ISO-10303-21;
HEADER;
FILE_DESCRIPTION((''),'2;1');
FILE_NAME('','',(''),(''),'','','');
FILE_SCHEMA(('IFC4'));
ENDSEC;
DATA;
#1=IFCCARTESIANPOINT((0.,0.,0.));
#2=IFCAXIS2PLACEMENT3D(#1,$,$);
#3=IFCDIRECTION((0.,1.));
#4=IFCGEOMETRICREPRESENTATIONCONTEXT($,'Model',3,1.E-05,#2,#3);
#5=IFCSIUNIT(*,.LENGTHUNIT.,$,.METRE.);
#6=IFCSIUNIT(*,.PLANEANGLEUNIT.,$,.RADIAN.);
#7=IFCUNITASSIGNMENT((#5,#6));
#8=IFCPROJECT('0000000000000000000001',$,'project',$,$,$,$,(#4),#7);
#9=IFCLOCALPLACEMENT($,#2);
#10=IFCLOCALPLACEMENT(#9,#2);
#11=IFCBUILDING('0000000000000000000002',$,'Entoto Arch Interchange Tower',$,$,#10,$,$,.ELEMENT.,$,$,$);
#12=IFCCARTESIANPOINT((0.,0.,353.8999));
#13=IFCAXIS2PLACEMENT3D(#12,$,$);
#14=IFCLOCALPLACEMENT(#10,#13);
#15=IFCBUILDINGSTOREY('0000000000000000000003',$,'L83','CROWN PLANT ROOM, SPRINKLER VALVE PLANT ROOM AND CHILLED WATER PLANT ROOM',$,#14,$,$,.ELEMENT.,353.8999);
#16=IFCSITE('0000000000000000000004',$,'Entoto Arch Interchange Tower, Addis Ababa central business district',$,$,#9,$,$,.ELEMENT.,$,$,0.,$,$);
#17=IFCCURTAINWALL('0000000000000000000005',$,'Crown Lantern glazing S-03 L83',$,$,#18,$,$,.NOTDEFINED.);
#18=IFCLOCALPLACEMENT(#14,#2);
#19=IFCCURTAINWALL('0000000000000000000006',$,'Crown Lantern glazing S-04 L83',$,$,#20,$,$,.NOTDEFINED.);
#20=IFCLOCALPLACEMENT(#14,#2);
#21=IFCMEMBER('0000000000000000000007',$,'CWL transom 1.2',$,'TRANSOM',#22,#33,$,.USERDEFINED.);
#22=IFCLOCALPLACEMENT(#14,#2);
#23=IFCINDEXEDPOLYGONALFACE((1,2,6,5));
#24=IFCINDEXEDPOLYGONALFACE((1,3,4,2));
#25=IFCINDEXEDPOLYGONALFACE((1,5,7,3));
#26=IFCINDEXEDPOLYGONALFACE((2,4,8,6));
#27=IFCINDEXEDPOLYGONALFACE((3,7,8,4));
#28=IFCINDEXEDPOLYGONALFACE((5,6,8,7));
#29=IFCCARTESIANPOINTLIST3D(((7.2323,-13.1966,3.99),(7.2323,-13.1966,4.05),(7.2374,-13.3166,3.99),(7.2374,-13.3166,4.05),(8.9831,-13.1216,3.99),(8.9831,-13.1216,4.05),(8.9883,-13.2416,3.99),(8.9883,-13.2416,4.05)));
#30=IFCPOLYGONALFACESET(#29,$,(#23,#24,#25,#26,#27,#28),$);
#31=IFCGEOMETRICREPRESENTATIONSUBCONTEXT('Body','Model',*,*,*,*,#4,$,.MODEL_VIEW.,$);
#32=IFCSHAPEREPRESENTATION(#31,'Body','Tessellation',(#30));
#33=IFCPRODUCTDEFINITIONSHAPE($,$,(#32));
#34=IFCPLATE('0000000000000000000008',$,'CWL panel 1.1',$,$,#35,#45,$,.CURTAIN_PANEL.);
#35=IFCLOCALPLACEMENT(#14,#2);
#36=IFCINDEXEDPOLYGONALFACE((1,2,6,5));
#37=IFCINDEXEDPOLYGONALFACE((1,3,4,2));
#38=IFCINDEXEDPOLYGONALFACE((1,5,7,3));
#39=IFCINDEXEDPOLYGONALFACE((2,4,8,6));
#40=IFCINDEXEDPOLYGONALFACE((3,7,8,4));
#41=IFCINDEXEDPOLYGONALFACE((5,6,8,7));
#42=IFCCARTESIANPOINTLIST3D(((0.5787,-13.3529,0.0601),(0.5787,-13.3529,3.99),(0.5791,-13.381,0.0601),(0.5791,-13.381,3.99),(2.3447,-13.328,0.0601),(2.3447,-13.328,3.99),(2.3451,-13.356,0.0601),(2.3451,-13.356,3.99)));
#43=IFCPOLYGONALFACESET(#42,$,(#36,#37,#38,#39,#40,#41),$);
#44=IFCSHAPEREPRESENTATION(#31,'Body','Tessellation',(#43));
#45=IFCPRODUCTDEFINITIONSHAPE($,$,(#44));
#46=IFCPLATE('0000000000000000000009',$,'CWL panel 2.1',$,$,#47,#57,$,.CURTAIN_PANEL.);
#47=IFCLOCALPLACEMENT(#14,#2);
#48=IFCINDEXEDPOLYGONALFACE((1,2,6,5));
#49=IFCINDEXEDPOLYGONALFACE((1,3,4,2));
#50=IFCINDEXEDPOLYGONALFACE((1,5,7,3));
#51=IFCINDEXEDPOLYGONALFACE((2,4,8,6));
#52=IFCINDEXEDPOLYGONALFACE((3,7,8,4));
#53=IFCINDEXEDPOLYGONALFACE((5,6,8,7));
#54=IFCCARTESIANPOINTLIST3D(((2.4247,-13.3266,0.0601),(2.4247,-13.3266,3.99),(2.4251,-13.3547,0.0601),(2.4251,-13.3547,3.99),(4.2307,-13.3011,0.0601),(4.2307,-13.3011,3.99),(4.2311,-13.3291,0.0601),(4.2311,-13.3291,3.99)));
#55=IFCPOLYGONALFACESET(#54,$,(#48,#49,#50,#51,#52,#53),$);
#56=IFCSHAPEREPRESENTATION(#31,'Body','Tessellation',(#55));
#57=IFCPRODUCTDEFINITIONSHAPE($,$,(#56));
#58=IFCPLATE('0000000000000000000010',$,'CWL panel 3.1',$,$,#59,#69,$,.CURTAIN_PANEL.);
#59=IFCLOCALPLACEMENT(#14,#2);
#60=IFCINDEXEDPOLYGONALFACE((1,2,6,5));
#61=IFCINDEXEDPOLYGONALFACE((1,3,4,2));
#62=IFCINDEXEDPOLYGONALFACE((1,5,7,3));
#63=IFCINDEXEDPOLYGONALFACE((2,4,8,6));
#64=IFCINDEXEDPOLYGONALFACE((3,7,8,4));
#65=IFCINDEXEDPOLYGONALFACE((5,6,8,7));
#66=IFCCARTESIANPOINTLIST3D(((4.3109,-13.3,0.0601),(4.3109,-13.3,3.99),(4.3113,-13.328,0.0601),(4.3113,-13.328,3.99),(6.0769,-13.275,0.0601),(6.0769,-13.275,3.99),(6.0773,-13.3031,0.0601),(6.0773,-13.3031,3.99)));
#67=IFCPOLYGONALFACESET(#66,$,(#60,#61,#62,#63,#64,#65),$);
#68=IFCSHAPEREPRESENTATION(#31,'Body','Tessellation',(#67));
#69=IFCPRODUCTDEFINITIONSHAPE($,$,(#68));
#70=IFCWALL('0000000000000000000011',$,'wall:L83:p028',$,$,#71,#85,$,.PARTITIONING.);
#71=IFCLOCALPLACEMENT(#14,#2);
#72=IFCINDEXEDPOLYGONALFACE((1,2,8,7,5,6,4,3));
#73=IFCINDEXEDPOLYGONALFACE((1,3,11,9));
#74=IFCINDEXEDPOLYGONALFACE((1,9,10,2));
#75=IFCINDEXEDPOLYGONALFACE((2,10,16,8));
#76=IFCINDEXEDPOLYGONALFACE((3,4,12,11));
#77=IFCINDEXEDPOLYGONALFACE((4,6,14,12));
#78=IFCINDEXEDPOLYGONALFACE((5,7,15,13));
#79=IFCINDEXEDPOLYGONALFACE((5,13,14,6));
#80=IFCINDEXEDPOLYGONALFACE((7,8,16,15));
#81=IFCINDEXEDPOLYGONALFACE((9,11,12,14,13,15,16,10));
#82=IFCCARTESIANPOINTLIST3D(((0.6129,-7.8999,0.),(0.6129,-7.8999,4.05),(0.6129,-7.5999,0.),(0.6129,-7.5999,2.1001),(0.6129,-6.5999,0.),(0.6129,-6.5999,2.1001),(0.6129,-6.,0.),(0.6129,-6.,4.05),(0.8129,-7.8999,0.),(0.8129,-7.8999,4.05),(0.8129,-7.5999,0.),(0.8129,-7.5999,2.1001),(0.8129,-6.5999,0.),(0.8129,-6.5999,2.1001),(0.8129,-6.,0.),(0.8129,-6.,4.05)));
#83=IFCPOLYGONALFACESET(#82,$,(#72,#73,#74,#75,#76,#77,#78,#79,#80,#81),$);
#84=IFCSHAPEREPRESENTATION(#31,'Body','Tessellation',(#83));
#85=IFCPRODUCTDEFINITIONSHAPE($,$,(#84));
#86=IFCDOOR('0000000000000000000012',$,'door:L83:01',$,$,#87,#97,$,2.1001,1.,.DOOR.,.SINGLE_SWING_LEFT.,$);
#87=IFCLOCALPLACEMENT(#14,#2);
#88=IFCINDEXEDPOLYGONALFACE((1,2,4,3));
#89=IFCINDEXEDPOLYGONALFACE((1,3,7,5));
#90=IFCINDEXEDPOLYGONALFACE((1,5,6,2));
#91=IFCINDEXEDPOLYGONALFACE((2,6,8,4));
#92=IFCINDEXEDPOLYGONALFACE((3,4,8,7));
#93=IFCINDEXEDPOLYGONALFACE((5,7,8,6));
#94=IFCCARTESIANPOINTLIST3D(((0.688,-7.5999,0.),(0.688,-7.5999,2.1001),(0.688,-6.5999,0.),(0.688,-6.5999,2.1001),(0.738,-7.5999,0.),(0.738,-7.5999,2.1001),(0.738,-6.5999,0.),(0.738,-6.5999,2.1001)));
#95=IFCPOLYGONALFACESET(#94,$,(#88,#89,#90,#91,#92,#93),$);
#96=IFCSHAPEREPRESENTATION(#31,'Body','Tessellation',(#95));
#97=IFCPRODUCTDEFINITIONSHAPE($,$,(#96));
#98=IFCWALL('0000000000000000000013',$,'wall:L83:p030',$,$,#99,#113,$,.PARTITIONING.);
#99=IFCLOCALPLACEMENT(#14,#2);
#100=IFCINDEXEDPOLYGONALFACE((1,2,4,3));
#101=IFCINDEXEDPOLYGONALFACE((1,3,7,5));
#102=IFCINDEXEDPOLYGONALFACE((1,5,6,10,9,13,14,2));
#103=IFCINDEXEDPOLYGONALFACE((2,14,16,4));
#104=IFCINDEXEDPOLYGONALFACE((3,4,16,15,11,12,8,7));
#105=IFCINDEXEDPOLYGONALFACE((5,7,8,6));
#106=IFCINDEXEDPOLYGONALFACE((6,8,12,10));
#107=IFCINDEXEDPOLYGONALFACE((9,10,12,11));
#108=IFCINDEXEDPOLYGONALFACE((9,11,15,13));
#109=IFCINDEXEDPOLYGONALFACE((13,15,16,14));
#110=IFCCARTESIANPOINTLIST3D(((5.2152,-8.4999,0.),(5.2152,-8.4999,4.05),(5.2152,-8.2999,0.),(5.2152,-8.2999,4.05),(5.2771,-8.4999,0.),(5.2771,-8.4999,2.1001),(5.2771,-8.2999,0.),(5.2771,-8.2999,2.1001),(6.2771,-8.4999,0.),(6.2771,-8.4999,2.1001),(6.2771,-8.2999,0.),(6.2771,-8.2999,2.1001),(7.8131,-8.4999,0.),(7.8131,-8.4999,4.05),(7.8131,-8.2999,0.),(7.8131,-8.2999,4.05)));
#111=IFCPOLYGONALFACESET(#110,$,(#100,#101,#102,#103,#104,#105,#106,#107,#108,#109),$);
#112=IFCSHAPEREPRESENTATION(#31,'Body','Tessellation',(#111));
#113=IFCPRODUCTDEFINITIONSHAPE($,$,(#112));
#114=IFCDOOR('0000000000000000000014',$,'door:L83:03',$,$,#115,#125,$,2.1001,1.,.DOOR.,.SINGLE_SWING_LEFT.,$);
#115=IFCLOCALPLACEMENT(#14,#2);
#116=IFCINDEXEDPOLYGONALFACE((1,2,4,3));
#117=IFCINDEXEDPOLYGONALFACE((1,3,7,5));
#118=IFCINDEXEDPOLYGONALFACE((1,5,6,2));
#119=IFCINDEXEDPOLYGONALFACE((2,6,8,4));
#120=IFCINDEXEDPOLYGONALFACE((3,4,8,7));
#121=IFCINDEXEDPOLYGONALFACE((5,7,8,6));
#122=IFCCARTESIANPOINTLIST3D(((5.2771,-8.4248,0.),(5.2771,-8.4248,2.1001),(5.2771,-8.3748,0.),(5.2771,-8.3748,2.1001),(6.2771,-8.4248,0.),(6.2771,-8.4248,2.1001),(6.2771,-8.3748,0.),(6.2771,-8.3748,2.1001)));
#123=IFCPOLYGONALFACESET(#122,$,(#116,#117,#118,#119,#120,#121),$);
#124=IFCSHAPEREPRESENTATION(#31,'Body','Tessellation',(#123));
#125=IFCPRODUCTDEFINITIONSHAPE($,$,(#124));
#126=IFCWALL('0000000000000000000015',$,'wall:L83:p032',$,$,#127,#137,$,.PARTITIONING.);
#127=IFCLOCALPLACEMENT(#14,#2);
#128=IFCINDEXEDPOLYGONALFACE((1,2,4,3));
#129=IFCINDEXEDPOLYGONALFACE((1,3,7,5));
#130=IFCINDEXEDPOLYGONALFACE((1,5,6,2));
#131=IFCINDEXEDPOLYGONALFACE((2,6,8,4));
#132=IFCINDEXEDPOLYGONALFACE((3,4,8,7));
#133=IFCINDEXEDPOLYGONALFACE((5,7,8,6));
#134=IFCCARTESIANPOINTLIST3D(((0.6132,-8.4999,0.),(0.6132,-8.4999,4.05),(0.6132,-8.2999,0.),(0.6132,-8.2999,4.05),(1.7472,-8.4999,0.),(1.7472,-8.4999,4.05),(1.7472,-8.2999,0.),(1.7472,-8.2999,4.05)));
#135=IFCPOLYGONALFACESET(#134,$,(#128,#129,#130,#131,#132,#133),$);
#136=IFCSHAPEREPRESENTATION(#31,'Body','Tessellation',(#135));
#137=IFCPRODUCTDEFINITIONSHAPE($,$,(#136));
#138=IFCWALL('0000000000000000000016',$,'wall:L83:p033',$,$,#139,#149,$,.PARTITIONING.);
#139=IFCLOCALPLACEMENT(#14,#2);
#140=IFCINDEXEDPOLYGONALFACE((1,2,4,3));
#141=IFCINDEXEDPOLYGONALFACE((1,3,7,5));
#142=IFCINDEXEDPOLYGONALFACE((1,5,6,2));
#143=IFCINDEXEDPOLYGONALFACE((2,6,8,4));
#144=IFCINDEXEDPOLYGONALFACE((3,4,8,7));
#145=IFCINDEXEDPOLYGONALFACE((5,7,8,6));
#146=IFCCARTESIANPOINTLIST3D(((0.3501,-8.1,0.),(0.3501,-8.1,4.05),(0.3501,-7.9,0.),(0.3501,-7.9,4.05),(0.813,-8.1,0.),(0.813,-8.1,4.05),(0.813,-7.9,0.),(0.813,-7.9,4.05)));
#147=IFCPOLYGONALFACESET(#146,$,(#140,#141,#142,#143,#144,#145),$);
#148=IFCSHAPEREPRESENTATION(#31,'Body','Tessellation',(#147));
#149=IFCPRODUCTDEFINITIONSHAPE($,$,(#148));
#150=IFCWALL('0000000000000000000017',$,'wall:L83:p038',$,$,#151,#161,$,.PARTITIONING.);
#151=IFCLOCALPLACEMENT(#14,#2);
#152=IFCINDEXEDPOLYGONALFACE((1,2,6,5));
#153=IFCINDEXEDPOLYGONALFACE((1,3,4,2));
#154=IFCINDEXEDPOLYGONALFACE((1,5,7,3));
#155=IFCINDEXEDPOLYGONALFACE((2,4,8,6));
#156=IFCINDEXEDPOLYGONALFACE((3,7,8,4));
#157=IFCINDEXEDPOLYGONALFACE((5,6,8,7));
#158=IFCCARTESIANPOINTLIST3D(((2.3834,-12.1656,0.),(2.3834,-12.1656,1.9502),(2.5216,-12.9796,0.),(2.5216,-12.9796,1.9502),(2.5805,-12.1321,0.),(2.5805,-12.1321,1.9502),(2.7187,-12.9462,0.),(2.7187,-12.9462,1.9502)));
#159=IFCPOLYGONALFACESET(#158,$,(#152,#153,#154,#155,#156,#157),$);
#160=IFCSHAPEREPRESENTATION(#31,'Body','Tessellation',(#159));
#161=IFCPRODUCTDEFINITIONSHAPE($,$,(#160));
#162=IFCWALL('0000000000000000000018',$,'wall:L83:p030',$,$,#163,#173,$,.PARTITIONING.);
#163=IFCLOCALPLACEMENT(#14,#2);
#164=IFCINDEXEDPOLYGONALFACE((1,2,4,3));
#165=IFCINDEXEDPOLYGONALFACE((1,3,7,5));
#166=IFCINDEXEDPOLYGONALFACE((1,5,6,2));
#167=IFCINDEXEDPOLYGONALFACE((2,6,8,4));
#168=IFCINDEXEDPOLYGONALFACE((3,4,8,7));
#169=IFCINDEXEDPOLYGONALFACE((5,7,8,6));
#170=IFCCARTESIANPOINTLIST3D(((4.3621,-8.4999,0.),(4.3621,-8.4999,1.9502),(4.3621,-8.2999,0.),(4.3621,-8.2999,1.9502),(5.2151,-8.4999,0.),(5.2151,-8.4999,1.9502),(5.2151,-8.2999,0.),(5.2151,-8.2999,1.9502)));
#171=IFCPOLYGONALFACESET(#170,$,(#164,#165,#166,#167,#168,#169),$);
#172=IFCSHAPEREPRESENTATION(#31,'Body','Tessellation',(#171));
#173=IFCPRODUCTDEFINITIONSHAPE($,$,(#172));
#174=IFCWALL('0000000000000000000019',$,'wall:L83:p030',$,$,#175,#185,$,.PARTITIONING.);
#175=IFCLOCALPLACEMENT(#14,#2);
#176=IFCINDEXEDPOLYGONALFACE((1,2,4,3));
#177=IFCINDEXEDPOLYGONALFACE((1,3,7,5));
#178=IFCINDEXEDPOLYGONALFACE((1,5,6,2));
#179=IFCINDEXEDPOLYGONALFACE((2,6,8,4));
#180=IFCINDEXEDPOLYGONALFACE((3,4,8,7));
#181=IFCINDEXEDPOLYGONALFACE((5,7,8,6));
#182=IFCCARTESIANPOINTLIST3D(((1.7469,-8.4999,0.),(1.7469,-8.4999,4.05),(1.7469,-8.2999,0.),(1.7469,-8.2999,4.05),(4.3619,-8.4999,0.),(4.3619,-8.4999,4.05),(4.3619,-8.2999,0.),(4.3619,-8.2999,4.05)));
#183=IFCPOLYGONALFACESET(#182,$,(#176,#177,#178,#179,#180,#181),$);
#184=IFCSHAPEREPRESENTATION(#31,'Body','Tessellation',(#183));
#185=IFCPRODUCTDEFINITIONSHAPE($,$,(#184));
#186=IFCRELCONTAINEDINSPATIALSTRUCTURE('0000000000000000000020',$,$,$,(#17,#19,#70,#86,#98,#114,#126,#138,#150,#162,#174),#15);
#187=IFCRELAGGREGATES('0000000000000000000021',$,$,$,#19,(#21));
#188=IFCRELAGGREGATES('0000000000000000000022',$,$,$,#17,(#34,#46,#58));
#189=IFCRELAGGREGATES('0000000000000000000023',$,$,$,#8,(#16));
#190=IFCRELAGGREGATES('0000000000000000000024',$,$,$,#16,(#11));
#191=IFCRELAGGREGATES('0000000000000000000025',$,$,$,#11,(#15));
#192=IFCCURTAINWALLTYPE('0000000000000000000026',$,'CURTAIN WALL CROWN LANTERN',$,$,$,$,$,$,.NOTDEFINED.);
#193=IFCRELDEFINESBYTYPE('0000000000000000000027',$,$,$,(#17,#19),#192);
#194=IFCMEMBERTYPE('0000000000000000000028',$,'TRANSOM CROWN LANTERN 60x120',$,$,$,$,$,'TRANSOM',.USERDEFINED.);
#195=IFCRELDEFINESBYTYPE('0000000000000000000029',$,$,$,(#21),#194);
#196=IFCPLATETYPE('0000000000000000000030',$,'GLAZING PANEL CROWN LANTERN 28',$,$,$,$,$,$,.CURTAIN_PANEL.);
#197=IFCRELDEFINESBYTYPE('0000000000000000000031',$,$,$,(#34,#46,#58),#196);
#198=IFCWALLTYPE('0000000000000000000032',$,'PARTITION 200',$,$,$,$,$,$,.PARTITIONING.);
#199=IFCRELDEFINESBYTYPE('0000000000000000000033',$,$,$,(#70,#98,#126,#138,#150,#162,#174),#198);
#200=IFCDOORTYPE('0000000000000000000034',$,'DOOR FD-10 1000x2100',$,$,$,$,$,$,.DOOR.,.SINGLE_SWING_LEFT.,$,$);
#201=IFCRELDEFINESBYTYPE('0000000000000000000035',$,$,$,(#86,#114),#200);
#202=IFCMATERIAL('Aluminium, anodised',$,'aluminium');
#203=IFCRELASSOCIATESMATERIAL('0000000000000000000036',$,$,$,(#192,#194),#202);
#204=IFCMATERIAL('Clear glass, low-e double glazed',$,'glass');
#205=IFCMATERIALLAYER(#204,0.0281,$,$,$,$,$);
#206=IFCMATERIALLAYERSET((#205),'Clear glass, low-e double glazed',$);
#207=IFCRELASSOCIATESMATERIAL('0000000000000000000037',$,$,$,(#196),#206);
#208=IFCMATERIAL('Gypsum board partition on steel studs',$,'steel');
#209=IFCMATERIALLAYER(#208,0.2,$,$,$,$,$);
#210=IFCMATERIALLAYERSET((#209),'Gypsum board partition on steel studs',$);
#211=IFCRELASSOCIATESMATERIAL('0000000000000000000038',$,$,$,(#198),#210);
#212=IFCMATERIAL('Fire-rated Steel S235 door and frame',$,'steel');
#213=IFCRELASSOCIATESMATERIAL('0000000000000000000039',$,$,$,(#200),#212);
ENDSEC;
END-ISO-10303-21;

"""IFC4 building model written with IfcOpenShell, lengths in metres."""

from ifc_helpers import new_model, si_unit, direction, frame, frame_2d, origin, origin_2d, place, context, subcontext, project, spatial, rectangle, extrude, material, layer, layer_set, material_profile, profile_set, type_object, element, fill, aggregate, save


model = new_model("IFC4")

# Units and contexts
model_context = context("Model", 3, precision=1e-05, world=origin(), true_north=direction((0.0, 1.0)))
body_context = subcontext(model_context, "Body", "Model", "MODEL_VIEW")
ifc_project = project(units=[si_unit("LENGTHUNIT", "METRE"), si_unit("PLANEANGLEUNIT", "RADIAN")], contexts=[model_context])

# Site, building, storey
site_placement = place(None, origin())
site = spatial("IfcSite", under=ifc_project, at=site_placement, Name="Entoto Arch Interchange Tower, Addis Ababa central business district", CompositionType="ELEMENT", RefElevation=0.0)
building_placement = place(site_placement, origin())
building = spatial("IfcBuilding", under=site, at=building_placement, Name="Entoto Arch Interchange Tower", CompositionType="ELEMENT")
storey_placement = place(building_placement, frame((0.0, 0.0, 353.8999)))
storey = spatial("IfcBuildingStorey", under=building, at=storey_placement, Name="L83", Description="CROWN PLANT ROOM, SPRINKLER VALVE PLANT ROOM AND CHILLED WATER PLANT ROOM", CompositionType="ELEMENT", Elevation=353.8999)

# Curtain wall
ifc_material_1 = material(Name="Aluminium, anodised", Category="aluminium")
curtain_wall_type = type_object("IfcCurtainWallType", Name="CURTAIN WALL CROWN LANTERN", PredefinedType="NOTDEFINED", material=ifc_material_1)
curtain_wall_1_placement = place(storey_placement, origin())
curtain_wall_1 = element("IfcCurtainWall", 1, at=curtain_wall_1_placement, inside=storey, type_object=curtain_wall_type, Name="Crown Lantern glazing S-03 L83", PredefinedType="NOTDEFINED")

# Curtain wall
curtain_wall_2_placement = place(storey_placement, origin())
curtain_wall_2 = element("IfcCurtainWall", 2, at=curtain_wall_2_placement, inside=storey, type_object=curtain_wall_type, Name="Crown Lantern glazing S-04 L83", PredefinedType="NOTDEFINED")

# Member
ifc_material_profile_1 = material_profile(ifc_material_1, rectangle(XDim=0.1201, YDim=0.0601, at=origin_2d()))
ifc_profile_set_1 = profile_set([ifc_material_profile_1], Name="Aluminium, anodised")
member_type_1 = type_object("IfcMemberType", Name="TRANSOM CROWN LANTERN 60x120", ElementType="TRANSOM", PredefinedType="USERDEFINED", material=ifc_profile_set_1)
member_1_placement = place(storey_placement, frame((7.2349, -13.2566, 4.02), z_axis=(0.999085, 0.042772, 0.0), x_axis=(-0.042772, 0.999085, 0.0)))
member_1 = element("IfcMember", 3, at=member_1_placement, type_object=member_type_1, Name="CWL transom 1.2", ObjectType="TRANSOM", PredefinedType="USERDEFINED", context=body_context, shape_type="SweptSolid", body=[
    extrude(rectangle(XDim=0.1201, YDim=0.0601, at=origin_2d()), origin(), (0.0, 0.0, 1.0), 1.7524),
])
aggregate(curtain_wall_2, [member_1])

# Plates
ifc_material_2 = material(Name="Clear glass, low-e double glazed", Category="glass")
ifc_layer_1 = layer(ifc_material_2, 0.0281)
ifc_layer_set_1 = layer_set([ifc_layer_1], Name="Clear glass, low-e double glazed")
plate_type = type_object("IfcPlateType", Name="GLAZING PANEL CROWN LANTERN 28", PredefinedType="CURTAIN_PANEL", material=ifc_layer_set_1)
plate_1_placement = place(storey_placement, frame((1.4619, -13.3545, 0.0601), z_axis=(0.0, 0.0, 1.0), x_axis=(0.9999, 0.014138, 0.0)))
plate_1 = element("IfcPlate", 4, at=plate_1_placement, type_object=plate_type, Name="CWL panel 1.1", PredefinedType="CURTAIN_PANEL", context=body_context, shape_type="SweptSolid", body=[
    extrude(rectangle(XDim=1.7661, YDim=0.0281, at=origin_2d()), origin(), (0.0, 0.0, 1.0), 3.9299),
])
plate_2_placement = place(storey_placement, frame((3.3279, -13.3279, 0.0601), z_axis=(0.0, 0.0, 1.0), x_axis=(0.9999, 0.014138, 0.0)))
plate_2 = element("IfcPlate", 5, at=plate_2_placement, type_object=plate_type, Name="CWL panel 2.1", PredefinedType="CURTAIN_PANEL", context=body_context, shape_type="SweptSolid", body=[
    extrude(rectangle(XDim=1.8062, YDim=0.0281, at=origin_2d()), origin(), (0.0, 0.0, 1.0), 3.9299),
])
plate_3_placement = place(storey_placement, frame((5.1941, -13.3015, 0.0601), z_axis=(0.0, 0.0, 1.0), x_axis=(0.9999, 0.014138, 0.0)))
plate_3 = element("IfcPlate", 6, at=plate_3_placement, type_object=plate_type, Name="CWL panel 3.1", PredefinedType="CURTAIN_PANEL", context=body_context, shape_type="SweptSolid", body=[
    extrude(rectangle(XDim=1.7661, YDim=0.0281, at=origin_2d()), origin(), (0.0, 0.0, 1.0), 3.9299),
])
aggregate(curtain_wall_1, [plate_1, plate_2, plate_3])

# Walls, openings, doors
ifc_material_3 = material(Name="Gypsum board partition on steel studs", Category="steel")
ifc_layer_2 = layer(ifc_material_3, 0.2)
ifc_layer_set_2 = layer_set([ifc_layer_2], Name="Gypsum board partition on steel studs")
wall_type_1 = type_object("IfcWallType", Name="PARTITION 200", PredefinedType="PARTITIONING", material=ifc_layer_set_2)
wall_1_placement = place(storey_placement, frame((0.7129, -7.8999, 0.0), z_axis=(0.0, 0.0, 1.0), x_axis=(0.0, 1.0, 0.0)))
wall_1 = element("IfcWall", 7, at=wall_1_placement, inside=storey, type_object=wall_type_1, Name="wall:L83:p028", PredefinedType="PARTITIONING", context=body_context, shape_type="SweptSolid", body=[
    extrude(rectangle(XDim=1.8999, YDim=0.2, at=frame_2d((0.95, 0.0))), origin(), (0.0, 0.0, 1.0), 4.05),
])
opening_1_placement = place(wall_1_placement, frame((0.3, 0.0, 0.0)))
opening_1 = element("IfcOpeningElement", 8, at=opening_1_placement, cuts=wall_1, PredefinedType="OPENING", context=body_context, shape_type="SweptSolid", body=[
    extrude(rectangle(XDim=1.0, YDim=2.1001, at=frame_2d((0.5, 1.05))), frame((0.0, 0.1099, 0.0), z_axis=(0.0, -1.0, 0.0), x_axis=(1.0, 0.0, 0.0)), (0.0, 0.0, 1.0), 0.22),
])
ifc_material_4 = material(Name="Fire-rated Steel S235 door and frame", Category="steel")
door_type = type_object("IfcDoorType", Name="DOOR FD-10 1000x2100", OperationType="SINGLE_SWING_LEFT", PredefinedType="DOOR", material=ifc_material_4)
door_1_placement = place(opening_1_placement, origin())
door_1 = element("IfcDoor", 9, at=door_1_placement, inside=storey, type_object=door_type, Name="door:L83:01", OperationType="SINGLE_SWING_LEFT", OverallHeight=2.1001, OverallWidth=1.0, PredefinedType="DOOR", context=body_context, shape_type="SweptSolid", body=[
    extrude(rectangle(XDim=1.0, YDim=2.1001, at=frame_2d((0.5, 1.05))), frame((0.0, 0.0249, 0.0), z_axis=(0.0, -1.0, 0.0), x_axis=(1.0, 0.0, 0.0)), (0.0, 0.0, 1.0), 0.05),
])
fill(opening_1, door_1)
wall_2_placement = place(storey_placement, frame((7.813, -8.3999, 0.0), z_axis=(0.0, 0.0, 1.0), x_axis=(-1.0, 0.0, 0.0)))
wall_2 = element("IfcWall", 10, at=wall_2_placement, inside=storey, type_object=wall_type_1, Name="wall:L83:p030", PredefinedType="PARTITIONING", context=body_context, shape_type="SweptSolid", body=[
    extrude(rectangle(XDim=2.5979, YDim=0.2, at=frame_2d((1.2988, 0.0))), origin(), (0.0, 0.0, 1.0), 4.05),
])
opening_2_placement = place(wall_2_placement, frame((1.5359, 0.0, 0.0)))
opening_2 = element("IfcOpeningElement", 11, at=opening_2_placement, cuts=wall_2, PredefinedType="OPENING", context=body_context, shape_type="SweptSolid", body=[
    extrude(rectangle(XDim=1.0, YDim=2.1001, at=frame_2d((0.5, 1.05))), frame((0.0, 0.1099, 0.0), z_axis=(0.0, -1.0, 0.0), x_axis=(1.0, 0.0, 0.0)), (0.0, 0.0, 1.0), 0.22),
])
door_2_placement = place(opening_2_placement, origin())
door_2 = element("IfcDoor", 12, at=door_2_placement, inside=storey, type_object=door_type, Name="door:L83:03", OperationType="SINGLE_SWING_LEFT", OverallHeight=2.1001, OverallWidth=1.0, PredefinedType="DOOR", context=body_context, shape_type="SweptSolid", body=[
    extrude(rectangle(XDim=1.0, YDim=2.1001, at=frame_2d((0.5, 1.05))), frame((0.0, 0.0249, 0.0), z_axis=(0.0, -1.0, 0.0), x_axis=(1.0, 0.0, 0.0)), (0.0, 0.0, 1.0), 0.05),
])
fill(opening_2, door_2)

# Walls
wall_3_placement = place(storey_placement, frame((1.7471, -8.3999, 0.0), z_axis=(0.0, 0.0, 1.0), x_axis=(-1.0, 0.0, 0.0)))
element("IfcWall", 13, at=wall_3_placement, inside=storey, type_object=wall_type_1, Name="wall:L83:p032", PredefinedType="PARTITIONING", context=body_context, shape_type="SweptSolid", body=[
    extrude(rectangle(XDim=1.134, YDim=0.2, at=frame_2d((0.5669, 0.0))), origin(), (0.0, 0.0, 1.0), 4.05),
])
wall_4_placement = place(storey_placement, frame((0.813, -8.0, 0.0), z_axis=(0.0, 0.0, 1.0), x_axis=(-1.0, 0.0, 0.0)))
element("IfcWall", 14, at=wall_4_placement, inside=storey, type_object=wall_type_1, Name="wall:L83:p033", PredefinedType="PARTITIONING", context=body_context, shape_type="SweptSolid", body=[
    extrude(rectangle(XDim=0.4629, YDim=0.2, at=frame_2d((0.2314, 0.0))), origin(), (0.0, 0.0, 1.0), 4.05),
])
wall_5_placement = place(storey_placement, frame((2.6201, -12.9629, 0.0), z_axis=(0.0, 0.0, 1.0), x_axis=(-0.167371, 0.985894, 0.0)))
element("IfcWall", 15, at=wall_5_placement, inside=storey, type_object=wall_type_1, Name="wall:L83:p038", PredefinedType="PARTITIONING", context=body_context, shape_type="SweptSolid", body=[
    extrude(rectangle(XDim=0.8257, YDim=0.2, at=frame_2d((0.4128, 0.0))), origin(), (0.0, 0.0, 1.0), 1.9502),
])
wall_6_placement = place(storey_placement, frame((5.2151, -8.3999, 0.0), z_axis=(0.0, 0.0, 1.0), x_axis=(-1.0, 0.0, 0.0)))
element("IfcWall", 16, at=wall_6_placement, inside=storey, type_object=wall_type_1, Name="wall:L83:p030", PredefinedType="PARTITIONING", context=body_context, shape_type="SweptSolid", body=[
    extrude(rectangle(XDim=0.853, YDim=0.2, at=frame_2d((0.4265, 0.0))), origin(), (0.0, 0.0, 1.0), 1.9502),
])
wall_7_placement = place(storey_placement, frame((4.3621, -8.3999, 0.0), z_axis=(0.0, 0.0, 1.0), x_axis=(-1.0, 0.0, 0.0)))
element("IfcWall", 17, at=wall_7_placement, inside=storey, type_object=wall_type_1, Name="wall:L83:p030", PredefinedType="PARTITIONING", context=body_context, shape_type="SweptSolid", body=[
    extrude(rectangle(XDim=2.615, YDim=0.2, at=frame_2d((1.3076, 0.0))), origin(), (0.0, 0.0, 1.0), 4.05),
])

save(model, "model.ifc")
